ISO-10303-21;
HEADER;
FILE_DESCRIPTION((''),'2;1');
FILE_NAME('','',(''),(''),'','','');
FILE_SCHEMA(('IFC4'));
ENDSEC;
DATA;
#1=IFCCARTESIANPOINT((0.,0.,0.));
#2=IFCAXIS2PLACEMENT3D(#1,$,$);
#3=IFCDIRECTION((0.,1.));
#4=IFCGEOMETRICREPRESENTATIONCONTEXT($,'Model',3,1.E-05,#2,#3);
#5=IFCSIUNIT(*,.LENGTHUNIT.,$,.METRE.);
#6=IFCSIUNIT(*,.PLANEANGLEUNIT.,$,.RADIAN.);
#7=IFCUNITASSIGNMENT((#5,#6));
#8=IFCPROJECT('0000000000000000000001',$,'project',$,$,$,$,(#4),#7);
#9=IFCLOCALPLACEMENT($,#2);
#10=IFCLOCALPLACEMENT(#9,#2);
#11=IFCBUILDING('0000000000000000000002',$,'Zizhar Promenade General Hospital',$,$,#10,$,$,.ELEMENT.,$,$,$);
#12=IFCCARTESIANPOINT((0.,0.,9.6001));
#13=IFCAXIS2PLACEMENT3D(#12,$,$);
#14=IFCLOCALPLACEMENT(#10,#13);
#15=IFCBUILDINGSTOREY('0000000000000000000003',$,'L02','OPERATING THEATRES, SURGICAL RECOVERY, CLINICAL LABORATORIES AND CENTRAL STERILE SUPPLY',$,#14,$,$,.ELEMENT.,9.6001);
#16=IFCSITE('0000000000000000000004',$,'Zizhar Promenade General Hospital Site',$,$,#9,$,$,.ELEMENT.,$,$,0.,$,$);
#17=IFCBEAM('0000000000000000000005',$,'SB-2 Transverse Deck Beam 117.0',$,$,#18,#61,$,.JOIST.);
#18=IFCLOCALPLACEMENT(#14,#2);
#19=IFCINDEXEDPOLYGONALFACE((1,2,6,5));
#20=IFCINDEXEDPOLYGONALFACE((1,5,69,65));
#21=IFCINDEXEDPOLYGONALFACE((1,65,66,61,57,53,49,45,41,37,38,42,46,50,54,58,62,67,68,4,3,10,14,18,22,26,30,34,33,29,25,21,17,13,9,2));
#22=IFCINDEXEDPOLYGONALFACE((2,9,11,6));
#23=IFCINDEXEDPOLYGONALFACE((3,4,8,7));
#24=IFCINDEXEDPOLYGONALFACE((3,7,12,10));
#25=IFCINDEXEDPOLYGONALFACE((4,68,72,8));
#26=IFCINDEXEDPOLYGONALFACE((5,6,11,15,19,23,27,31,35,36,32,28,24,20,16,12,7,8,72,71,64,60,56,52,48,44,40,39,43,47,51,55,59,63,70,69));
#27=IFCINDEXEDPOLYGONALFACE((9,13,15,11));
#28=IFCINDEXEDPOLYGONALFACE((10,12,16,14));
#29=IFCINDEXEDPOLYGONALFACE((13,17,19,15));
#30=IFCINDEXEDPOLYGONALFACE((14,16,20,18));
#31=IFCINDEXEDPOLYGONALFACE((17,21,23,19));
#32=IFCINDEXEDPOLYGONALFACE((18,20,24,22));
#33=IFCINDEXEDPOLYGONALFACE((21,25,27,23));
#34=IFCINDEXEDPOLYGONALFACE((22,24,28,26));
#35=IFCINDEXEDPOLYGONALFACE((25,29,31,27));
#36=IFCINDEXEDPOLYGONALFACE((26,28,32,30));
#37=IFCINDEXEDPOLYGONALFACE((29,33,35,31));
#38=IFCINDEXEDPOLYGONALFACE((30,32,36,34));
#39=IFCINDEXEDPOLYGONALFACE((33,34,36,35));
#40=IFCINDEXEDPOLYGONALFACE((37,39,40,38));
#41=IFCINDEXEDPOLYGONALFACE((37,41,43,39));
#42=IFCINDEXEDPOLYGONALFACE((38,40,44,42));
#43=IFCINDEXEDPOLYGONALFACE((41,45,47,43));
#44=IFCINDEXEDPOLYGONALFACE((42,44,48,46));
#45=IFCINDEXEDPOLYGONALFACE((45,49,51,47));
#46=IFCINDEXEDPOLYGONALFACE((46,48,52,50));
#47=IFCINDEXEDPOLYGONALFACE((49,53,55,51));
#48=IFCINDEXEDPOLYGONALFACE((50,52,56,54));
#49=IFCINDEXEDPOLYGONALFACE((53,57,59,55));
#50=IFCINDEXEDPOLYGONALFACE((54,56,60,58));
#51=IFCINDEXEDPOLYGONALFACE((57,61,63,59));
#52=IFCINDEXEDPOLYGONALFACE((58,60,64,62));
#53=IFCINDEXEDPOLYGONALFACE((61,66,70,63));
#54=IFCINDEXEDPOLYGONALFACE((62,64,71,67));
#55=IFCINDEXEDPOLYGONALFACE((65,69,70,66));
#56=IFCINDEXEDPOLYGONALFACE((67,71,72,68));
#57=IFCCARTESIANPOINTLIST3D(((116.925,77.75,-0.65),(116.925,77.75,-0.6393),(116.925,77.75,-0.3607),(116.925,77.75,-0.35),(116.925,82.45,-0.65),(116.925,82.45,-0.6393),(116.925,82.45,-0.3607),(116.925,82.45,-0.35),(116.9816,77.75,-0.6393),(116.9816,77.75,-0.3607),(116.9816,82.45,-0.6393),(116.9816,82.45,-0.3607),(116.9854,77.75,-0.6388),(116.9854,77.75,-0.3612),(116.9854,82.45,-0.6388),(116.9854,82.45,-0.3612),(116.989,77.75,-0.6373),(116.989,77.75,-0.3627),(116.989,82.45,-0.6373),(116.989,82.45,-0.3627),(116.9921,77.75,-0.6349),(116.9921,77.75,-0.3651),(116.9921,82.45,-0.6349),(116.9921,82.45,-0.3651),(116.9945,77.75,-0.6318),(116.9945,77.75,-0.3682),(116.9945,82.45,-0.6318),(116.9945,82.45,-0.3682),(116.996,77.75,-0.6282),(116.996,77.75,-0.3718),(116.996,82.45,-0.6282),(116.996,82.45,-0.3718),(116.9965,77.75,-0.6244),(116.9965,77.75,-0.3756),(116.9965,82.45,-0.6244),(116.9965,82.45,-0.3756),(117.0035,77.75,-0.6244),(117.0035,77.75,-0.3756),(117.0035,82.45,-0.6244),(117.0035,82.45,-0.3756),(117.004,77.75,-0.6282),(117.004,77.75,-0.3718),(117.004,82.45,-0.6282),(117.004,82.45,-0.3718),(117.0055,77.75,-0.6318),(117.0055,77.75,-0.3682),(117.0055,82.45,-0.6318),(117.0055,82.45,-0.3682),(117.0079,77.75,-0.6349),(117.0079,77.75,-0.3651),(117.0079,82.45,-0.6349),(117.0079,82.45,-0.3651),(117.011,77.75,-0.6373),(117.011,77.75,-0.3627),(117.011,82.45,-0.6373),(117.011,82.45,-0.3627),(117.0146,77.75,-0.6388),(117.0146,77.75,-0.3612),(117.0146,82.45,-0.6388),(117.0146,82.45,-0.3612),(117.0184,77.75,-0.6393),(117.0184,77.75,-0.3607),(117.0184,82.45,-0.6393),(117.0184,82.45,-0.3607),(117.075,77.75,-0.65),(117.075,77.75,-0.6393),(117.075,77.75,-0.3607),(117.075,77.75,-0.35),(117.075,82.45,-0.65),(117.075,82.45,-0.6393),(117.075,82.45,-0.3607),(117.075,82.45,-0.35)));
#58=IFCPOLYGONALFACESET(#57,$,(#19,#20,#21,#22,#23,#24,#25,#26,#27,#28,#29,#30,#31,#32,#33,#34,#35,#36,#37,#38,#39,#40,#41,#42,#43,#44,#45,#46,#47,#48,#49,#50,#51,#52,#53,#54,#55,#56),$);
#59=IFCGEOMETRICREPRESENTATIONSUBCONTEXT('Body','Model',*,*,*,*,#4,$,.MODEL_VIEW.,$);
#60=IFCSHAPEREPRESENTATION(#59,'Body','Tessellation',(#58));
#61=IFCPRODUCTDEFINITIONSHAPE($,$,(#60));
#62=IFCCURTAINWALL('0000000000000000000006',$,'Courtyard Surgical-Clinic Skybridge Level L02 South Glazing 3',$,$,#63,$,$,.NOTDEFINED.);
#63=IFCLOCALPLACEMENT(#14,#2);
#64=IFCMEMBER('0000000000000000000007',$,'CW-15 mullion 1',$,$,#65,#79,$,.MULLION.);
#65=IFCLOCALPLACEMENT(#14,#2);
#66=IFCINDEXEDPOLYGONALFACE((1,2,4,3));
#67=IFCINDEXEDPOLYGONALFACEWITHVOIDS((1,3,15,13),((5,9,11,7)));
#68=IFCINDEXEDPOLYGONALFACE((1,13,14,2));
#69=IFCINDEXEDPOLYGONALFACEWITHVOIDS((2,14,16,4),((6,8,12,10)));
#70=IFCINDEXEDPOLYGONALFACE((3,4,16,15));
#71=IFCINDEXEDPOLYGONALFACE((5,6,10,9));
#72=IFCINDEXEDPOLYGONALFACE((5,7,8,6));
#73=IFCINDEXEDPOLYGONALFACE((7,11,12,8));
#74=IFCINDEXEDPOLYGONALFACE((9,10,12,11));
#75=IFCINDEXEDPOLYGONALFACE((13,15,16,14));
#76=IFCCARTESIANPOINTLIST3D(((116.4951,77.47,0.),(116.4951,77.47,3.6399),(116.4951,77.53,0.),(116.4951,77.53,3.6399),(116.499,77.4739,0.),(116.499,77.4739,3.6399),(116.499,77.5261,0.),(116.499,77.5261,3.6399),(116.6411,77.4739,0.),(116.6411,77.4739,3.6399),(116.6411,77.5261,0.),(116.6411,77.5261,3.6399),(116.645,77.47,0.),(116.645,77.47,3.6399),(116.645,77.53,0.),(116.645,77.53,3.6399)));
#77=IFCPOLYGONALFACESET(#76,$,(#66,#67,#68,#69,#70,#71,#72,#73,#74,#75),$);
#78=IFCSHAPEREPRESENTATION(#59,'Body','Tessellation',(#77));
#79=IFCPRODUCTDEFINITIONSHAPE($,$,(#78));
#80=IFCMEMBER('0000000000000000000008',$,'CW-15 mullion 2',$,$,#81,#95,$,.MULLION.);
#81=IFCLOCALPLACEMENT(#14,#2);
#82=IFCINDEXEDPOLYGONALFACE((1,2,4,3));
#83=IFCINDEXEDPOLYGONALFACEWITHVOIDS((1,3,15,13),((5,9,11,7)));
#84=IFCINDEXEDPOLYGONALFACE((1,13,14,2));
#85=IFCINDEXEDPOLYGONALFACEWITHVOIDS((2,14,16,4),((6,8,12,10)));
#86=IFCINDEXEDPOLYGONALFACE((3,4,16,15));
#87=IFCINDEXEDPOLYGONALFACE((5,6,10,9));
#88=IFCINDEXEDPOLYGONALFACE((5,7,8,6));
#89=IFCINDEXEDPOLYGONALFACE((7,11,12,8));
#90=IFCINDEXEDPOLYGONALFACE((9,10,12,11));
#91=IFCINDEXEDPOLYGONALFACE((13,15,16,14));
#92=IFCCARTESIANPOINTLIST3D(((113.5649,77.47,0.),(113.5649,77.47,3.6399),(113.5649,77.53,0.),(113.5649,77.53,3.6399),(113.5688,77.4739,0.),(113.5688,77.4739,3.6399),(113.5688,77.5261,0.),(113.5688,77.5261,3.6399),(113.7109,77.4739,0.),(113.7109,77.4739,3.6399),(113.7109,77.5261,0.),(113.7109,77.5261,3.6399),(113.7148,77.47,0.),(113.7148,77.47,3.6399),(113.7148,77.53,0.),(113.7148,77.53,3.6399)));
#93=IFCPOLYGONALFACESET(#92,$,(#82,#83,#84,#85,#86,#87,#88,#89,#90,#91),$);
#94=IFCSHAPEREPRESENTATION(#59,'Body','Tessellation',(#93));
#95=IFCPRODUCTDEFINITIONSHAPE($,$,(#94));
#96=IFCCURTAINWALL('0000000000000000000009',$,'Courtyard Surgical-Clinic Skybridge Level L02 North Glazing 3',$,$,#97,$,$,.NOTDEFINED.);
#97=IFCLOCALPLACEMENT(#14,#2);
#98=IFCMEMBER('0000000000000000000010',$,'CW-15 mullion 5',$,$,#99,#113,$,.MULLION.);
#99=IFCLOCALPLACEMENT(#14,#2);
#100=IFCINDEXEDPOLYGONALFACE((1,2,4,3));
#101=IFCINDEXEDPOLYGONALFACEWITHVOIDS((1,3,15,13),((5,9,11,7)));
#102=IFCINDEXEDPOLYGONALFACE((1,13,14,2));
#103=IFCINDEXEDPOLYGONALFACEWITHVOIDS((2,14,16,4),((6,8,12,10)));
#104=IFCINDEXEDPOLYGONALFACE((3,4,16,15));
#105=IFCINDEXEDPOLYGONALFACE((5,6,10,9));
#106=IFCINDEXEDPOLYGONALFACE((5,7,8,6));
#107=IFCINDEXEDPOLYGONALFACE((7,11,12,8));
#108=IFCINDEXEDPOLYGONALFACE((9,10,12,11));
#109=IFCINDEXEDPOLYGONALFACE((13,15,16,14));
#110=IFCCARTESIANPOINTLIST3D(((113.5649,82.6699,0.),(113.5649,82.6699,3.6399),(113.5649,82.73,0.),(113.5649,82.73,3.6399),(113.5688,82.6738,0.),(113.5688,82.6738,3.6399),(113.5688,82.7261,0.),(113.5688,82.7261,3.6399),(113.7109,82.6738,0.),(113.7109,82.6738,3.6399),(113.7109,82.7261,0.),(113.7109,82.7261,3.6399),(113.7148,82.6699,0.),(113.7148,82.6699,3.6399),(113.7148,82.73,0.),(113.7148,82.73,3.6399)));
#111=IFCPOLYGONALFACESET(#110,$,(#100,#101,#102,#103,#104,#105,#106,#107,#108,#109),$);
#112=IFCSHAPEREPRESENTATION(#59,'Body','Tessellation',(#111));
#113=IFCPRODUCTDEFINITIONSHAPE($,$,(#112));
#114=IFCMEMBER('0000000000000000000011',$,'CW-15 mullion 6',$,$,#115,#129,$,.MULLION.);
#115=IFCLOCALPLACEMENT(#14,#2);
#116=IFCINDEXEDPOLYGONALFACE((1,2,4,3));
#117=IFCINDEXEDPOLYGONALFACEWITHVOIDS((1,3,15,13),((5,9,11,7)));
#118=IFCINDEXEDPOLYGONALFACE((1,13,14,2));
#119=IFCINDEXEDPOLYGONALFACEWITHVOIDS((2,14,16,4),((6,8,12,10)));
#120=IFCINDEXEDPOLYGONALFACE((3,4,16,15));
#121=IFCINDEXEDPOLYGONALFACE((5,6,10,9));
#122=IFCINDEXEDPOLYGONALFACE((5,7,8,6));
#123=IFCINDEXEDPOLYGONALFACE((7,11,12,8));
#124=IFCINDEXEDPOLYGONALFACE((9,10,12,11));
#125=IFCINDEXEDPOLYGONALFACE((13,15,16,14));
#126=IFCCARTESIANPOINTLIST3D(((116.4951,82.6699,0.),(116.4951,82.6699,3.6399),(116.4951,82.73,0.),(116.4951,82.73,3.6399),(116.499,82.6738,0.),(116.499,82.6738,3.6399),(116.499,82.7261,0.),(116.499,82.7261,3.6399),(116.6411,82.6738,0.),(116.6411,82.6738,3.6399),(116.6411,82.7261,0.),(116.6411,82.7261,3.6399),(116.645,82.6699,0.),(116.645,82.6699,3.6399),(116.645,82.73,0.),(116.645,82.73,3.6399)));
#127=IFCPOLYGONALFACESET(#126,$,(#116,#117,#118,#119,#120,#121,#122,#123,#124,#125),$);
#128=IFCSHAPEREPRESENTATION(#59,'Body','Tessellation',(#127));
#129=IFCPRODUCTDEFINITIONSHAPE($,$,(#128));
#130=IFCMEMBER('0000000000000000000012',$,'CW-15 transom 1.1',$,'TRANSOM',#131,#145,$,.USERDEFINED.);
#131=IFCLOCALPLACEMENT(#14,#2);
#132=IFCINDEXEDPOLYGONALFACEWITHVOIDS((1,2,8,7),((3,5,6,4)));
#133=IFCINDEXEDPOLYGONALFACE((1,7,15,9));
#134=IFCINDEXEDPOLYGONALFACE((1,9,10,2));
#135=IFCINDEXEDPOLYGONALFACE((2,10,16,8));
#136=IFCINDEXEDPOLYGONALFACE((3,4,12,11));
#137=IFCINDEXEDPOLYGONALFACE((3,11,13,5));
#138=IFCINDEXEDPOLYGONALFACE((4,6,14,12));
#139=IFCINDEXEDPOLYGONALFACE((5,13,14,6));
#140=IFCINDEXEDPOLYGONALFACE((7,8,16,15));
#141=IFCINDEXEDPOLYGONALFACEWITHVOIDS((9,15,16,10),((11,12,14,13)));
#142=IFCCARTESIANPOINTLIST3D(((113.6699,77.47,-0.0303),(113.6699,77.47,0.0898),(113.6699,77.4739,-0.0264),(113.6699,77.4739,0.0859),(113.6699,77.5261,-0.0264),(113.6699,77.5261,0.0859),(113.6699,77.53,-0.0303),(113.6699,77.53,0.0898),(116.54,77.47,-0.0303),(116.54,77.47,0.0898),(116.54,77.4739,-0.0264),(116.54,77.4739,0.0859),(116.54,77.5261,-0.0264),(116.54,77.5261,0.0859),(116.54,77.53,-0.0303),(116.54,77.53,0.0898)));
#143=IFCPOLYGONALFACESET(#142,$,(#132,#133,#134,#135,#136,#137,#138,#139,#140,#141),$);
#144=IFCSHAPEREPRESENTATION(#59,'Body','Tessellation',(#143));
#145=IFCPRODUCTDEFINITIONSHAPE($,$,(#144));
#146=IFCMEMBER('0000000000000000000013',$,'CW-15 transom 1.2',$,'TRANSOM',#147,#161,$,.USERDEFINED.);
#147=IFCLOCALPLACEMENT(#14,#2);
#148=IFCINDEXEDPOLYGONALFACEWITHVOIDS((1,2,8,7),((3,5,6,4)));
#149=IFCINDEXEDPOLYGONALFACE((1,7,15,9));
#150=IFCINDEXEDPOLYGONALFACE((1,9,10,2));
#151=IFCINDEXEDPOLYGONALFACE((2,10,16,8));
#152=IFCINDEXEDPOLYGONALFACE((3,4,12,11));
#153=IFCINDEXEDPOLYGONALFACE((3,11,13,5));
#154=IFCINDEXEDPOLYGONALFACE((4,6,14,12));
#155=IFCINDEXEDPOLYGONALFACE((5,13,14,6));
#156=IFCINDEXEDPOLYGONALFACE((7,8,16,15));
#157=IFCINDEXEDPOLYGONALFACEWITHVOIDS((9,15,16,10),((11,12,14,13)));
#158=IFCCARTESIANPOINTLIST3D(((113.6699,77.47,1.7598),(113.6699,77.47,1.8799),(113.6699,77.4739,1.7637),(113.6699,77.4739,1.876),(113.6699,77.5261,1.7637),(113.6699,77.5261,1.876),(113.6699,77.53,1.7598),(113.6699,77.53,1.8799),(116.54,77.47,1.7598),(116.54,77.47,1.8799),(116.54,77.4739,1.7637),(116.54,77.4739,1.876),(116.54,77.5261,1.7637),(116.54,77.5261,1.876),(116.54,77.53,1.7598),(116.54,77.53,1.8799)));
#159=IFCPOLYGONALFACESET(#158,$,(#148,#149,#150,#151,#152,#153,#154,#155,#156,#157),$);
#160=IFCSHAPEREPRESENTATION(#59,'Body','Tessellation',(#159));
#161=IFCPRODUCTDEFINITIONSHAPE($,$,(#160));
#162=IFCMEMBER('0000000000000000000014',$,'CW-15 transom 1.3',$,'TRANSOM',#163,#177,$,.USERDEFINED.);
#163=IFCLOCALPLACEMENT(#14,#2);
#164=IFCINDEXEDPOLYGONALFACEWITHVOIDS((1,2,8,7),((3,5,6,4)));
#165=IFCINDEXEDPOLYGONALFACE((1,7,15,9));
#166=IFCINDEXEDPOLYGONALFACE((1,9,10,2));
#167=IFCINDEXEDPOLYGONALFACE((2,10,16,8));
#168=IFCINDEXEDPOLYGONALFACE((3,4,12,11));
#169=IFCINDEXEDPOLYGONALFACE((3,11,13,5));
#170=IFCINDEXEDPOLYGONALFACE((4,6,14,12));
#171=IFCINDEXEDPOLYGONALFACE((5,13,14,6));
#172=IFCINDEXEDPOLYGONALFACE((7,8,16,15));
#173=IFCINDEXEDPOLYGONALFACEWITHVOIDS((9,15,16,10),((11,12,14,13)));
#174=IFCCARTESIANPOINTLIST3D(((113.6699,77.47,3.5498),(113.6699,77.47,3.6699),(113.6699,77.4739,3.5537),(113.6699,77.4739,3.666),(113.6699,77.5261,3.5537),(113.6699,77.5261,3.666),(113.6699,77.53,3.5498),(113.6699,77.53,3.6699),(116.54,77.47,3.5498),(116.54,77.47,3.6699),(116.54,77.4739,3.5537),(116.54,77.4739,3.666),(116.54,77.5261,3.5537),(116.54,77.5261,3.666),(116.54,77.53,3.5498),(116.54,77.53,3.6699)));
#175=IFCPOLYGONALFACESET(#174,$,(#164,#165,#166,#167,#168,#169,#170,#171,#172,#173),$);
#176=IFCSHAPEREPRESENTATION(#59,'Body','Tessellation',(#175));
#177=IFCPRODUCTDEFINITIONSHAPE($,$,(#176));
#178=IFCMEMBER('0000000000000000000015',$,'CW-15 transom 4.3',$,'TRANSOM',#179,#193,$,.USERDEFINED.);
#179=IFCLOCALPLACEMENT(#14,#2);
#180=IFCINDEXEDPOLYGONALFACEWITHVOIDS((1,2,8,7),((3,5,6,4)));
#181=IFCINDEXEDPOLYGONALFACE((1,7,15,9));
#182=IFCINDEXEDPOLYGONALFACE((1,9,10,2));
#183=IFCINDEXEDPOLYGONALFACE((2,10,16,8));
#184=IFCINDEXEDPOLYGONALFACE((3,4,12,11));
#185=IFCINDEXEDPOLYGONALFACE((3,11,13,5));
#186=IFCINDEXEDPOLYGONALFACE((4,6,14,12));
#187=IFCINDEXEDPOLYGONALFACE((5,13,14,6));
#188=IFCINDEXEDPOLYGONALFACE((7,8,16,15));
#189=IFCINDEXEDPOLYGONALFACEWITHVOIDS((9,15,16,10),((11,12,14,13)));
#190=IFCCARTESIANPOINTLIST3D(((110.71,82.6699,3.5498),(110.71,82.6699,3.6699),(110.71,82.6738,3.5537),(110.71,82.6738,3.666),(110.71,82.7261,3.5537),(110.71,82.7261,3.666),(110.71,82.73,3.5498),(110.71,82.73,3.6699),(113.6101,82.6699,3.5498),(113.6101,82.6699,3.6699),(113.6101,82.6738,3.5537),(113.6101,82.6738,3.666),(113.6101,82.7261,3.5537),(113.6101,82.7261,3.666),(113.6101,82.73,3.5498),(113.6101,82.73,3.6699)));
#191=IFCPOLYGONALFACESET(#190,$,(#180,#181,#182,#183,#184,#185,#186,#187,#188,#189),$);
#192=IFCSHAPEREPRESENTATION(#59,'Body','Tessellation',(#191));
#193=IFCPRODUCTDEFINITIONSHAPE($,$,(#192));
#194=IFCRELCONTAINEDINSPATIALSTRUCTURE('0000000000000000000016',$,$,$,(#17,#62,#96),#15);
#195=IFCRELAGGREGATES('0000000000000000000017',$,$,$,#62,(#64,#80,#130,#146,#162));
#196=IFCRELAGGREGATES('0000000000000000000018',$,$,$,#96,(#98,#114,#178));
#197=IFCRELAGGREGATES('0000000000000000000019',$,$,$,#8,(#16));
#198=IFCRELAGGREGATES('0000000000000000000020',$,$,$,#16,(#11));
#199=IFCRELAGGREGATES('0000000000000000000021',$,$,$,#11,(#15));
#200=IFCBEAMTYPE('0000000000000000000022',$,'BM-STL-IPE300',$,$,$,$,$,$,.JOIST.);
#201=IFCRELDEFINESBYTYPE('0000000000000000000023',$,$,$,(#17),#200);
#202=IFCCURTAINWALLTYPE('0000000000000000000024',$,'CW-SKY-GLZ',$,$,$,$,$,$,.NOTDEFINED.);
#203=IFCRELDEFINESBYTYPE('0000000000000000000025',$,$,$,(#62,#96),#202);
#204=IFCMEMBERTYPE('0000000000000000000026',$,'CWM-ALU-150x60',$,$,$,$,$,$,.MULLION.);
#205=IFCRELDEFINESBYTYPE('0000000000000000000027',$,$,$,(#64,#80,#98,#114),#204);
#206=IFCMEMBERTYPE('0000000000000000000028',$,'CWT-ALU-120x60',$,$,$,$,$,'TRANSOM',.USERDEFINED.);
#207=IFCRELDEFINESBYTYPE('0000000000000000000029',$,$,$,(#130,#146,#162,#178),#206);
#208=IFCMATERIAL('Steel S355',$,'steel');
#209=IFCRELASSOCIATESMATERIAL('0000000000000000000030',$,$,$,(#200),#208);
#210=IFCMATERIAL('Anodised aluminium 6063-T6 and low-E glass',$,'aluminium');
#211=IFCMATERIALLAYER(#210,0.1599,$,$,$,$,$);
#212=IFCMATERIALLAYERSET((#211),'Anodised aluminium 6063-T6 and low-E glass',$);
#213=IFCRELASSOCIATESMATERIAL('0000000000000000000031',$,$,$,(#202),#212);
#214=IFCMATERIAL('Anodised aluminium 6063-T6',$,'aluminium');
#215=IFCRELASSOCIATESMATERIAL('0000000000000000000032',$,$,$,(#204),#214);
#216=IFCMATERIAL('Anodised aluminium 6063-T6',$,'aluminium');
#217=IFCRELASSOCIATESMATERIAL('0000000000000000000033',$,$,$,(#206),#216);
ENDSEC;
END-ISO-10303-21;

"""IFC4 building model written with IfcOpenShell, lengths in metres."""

from ifc_helpers import new_model, si_unit, direction, frame, origin, origin_2d, place, context, subcontext, project, spatial, hollow_rectangle, i_section, extrude, material, layer, layer_set, material_profile, profile_set, type_object, element, aggregate, save


model = new_model("IFC4")

# Units and contexts
model_context = context("Model", 3, precision=1e-05, world=origin(), true_north=direction((0.0, 1.0)))
body_context = subcontext(model_context, "Body", "Model", "MODEL_VIEW")
ifc_project = project(units=[si_unit("LENGTHUNIT", "METRE"), si_unit("PLANEANGLEUNIT", "RADIAN")], contexts=[model_context])

# Site, building, storey
site_placement = place(None, origin())
site = spatial("IfcSite", under=ifc_project, at=site_placement, Name="Zizhar Promenade General Hospital Site", CompositionType="ELEMENT", RefElevation=0.0)
building_placement = place(site_placement, origin())
building = spatial("IfcBuilding", under=site, at=building_placement, Name="Zizhar Promenade General Hospital", CompositionType="ELEMENT")
storey_placement = place(building_placement, frame((0.0, 0.0, 9.6001)))
storey = spatial("IfcBuildingStorey", under=building, at=storey_placement, Name="L02", Description="OPERATING THEATRES, SURGICAL RECOVERY, CLINICAL LABORATORIES AND CENTRAL STERILE SUPPLY", CompositionType="ELEMENT", Elevation=9.6001)

# Beam
ifc_material_1 = material(Name="Steel S355", Category="steel")
ifc_material_profile_1 = material_profile(ifc_material_1, i_section(OverallWidth=0.1499, OverallDepth=0.3, WebThickness=0.0071, FlangeThickness=0.0107, FilletRadius=0.0149, at=origin_2d()))
ifc_profile_set_1 = profile_set([ifc_material_profile_1], Name="Steel S355")
beam_type_1 = type_object("IfcBeamType", Name="BM-STL-IPE300", PredefinedType="JOIST", material=ifc_profile_set_1)
beam_placement = place(storey_placement, frame((117.0, 77.75, -0.5), z_axis=(0.0, 1.0, 0.0), x_axis=(-1.0, 0.0, 0.0)))
element("IfcBeam", 1, at=beam_placement, inside=storey, type_object=beam_type_1, Name="SB-2 Transverse Deck Beam 117.0", PredefinedType="JOIST", context=body_context, shape_type="SweptSolid", body=[
    extrude(i_section(OverallWidth=0.1499, OverallDepth=0.3, WebThickness=0.0071, FlangeThickness=0.0107, FilletRadius=0.0149, at=origin_2d()), origin(), (0.0, 0.0, 1.0), 4.7),
])

# Curtain walls, members
ifc_material_2 = material(Name="Anodised aluminium 6063-T6 and low-E glass", Category="aluminium")
ifc_layer_1 = layer(ifc_material_2, 0.1599)
ifc_layer_set_1 = layer_set([ifc_layer_1], Name="Anodised aluminium 6063-T6 and low-E glass")
curtain_wall_type = type_object("IfcCurtainWallType", Name="CW-SKY-GLZ", PredefinedType="NOTDEFINED", material=ifc_layer_set_1)
curtain_wall_1_placement = place(storey_placement, origin())
curtain_wall_1 = element("IfcCurtainWall", 2, at=curtain_wall_1_placement, inside=storey, type_object=curtain_wall_type, Name="Courtyard Surgical-Clinic Skybridge Level L02 South Glazing 3", PredefinedType="NOTDEFINED")
ifc_material_3 = material(Name="Anodised aluminium 6063-T6", Category="aluminium")
ifc_material_profile_2 = material_profile(ifc_material_3, hollow_rectangle(XDim=0.0601, YDim=0.1499, WallThickness=0.0039, at=origin_2d()))
ifc_profile_set_2 = profile_set([ifc_material_profile_2], Name="Anodised aluminium 6063-T6")
member_type_1 = type_object("IfcMemberType", Name="CWM-ALU-150x60", PredefinedType="MULLION", material=ifc_profile_set_2)
member_1_placement = place(storey_placement, frame((116.5701, 77.5, 0.0), z_axis=(0.0, 0.0, 1.0), x_axis=(0.0, -1.0, 0.0)))
member_1 = element("IfcMember", 3, at=member_1_placement, type_object=member_type_1, Name="CW-15 mullion 1", PredefinedType="MULLION", context=body_context, shape_type="SweptSolid", body=[
    extrude(hollow_rectangle(XDim=0.0601, YDim=0.1499, WallThickness=0.0039, at=origin_2d()), origin(), (0.0, 0.0, 1.0), 3.6399),
])
member_2_placement = place(storey_placement, frame((113.6399, 77.5, 0.0), z_axis=(0.0, 0.0, 1.0), x_axis=(0.0, -1.0, 0.0)))
member_2 = element("IfcMember", 4, at=member_2_placement, type_object=member_type_1, Name="CW-15 mullion 2", PredefinedType="MULLION", context=body_context, shape_type="SweptSolid", body=[
    extrude(hollow_rectangle(XDim=0.0601, YDim=0.1499, WallThickness=0.0039, at=origin_2d()), origin(), (0.0, 0.0, 1.0), 3.6399),
])
curtain_wall_2_placement = place(storey_placement, origin())
curtain_wall_2 = element("IfcCurtainWall", 5, at=curtain_wall_2_placement, inside=storey, type_object=curtain_wall_type, Name="Courtyard Surgical-Clinic Skybridge Level L02 North Glazing 3", PredefinedType="NOTDEFINED")
member_3_placement = place(storey_placement, frame((113.6399, 82.7, 0.0), z_axis=(0.0, 0.0, 1.0), x_axis=(0.0, 1.0, 0.0)))
member_3 = element("IfcMember", 6, at=member_3_placement, type_object=member_type_1, Name="CW-15 mullion 5", PredefinedType="MULLION", context=body_context, shape_type="SweptSolid", body=[
    extrude(hollow_rectangle(XDim=0.0601, YDim=0.1499, WallThickness=0.0039, at=origin_2d()), origin(), (0.0, 0.0, 1.0), 3.6399),
])
member_4_placement = place(storey_placement, frame((116.5701, 82.7, 0.0), z_axis=(0.0, 0.0, 1.0), x_axis=(0.0, 1.0, 0.0)))
member_4 = element("IfcMember", 7, at=member_4_placement, type_object=member_type_1, Name="CW-15 mullion 6", PredefinedType="MULLION", context=body_context, shape_type="SweptSolid", body=[
    extrude(hollow_rectangle(XDim=0.0601, YDim=0.1499, WallThickness=0.0039, at=origin_2d()), origin(), (0.0, 0.0, 1.0), 3.6399),
])

# Members
ifc_material_4 = material(Name="Anodised aluminium 6063-T6", Category="aluminium")
ifc_material_profile_3 = material_profile(ifc_material_4, hollow_rectangle(XDim=0.0601, YDim=0.1201, WallThickness=0.0039, at=origin_2d()))
ifc_profile_set_3 = profile_set([ifc_material_profile_3], Name="Anodised aluminium 6063-T6")
member_type_2 = type_object("IfcMemberType", Name="CWT-ALU-120x60", ElementType="TRANSOM", PredefinedType="USERDEFINED", material=ifc_profile_set_3)
member_5_placement = place(storey_placement, frame((116.54, 77.5, 0.0298), z_axis=(-1.0, 0.0, 0.0), x_axis=(0.0, -1.0, 0.0)))
member_5 = element("IfcMember", 8, at=member_5_placement, type_object=member_type_2, Name="CW-15 transom 1.1", ObjectType="TRANSOM", PredefinedType="USERDEFINED", context=body_context, shape_type="SweptSolid", body=[
    extrude(hollow_rectangle(XDim=0.0601, YDim=0.1201, WallThickness=0.0039, at=origin_2d()), origin(), (0.0, 0.0, 1.0), 2.8701),
])
member_6_placement = place(storey_placement, frame((116.54, 77.5, 1.8198), z_axis=(-1.0, 0.0, 0.0), x_axis=(0.0, -1.0, 0.0)))
member_6 = element("IfcMember", 9, at=member_6_placement, type_object=member_type_2, Name="CW-15 transom 1.2", ObjectType="TRANSOM", PredefinedType="USERDEFINED", context=body_context, shape_type="SweptSolid", body=[
    extrude(hollow_rectangle(XDim=0.0601, YDim=0.1201, WallThickness=0.0039, at=origin_2d()), origin(), (0.0, 0.0, 1.0), 2.8701),
])
member_7_placement = place(storey_placement, frame((116.54, 77.5, 3.6099), z_axis=(-1.0, 0.0, 0.0), x_axis=(0.0, -1.0, 0.0)))
member_7 = element("IfcMember", 10, at=member_7_placement, type_object=member_type_2, Name="CW-15 transom 1.3", ObjectType="TRANSOM", PredefinedType="USERDEFINED", context=body_context, shape_type="SweptSolid", body=[
    extrude(hollow_rectangle(XDim=0.0601, YDim=0.1201, WallThickness=0.0039, at=origin_2d()), origin(), (0.0, 0.0, 1.0), 2.8701),
])
member_8_placement = place(storey_placement, frame((110.71, 82.7, 3.6099), z_axis=(1.0, 0.0, 0.0), x_axis=(0.0, 1.0, 0.0)))
member_8 = element("IfcMember", 11, at=member_8_placement, type_object=member_type_2, Name="CW-15 transom 4.3", ObjectType="TRANSOM", PredefinedType="USERDEFINED", context=body_context, shape_type="SweptSolid", body=[
    extrude(hollow_rectangle(XDim=0.0601, YDim=0.1201, WallThickness=0.0039, at=origin_2d()), origin(), (0.0, 0.0, 1.0), 2.9001),
])

aggregate(curtain_wall_1, [member_1, member_2, member_5, member_6, member_7])
aggregate(curtain_wall_2, [member_3, member_4, member_8])

save(model, "model.ifc")
